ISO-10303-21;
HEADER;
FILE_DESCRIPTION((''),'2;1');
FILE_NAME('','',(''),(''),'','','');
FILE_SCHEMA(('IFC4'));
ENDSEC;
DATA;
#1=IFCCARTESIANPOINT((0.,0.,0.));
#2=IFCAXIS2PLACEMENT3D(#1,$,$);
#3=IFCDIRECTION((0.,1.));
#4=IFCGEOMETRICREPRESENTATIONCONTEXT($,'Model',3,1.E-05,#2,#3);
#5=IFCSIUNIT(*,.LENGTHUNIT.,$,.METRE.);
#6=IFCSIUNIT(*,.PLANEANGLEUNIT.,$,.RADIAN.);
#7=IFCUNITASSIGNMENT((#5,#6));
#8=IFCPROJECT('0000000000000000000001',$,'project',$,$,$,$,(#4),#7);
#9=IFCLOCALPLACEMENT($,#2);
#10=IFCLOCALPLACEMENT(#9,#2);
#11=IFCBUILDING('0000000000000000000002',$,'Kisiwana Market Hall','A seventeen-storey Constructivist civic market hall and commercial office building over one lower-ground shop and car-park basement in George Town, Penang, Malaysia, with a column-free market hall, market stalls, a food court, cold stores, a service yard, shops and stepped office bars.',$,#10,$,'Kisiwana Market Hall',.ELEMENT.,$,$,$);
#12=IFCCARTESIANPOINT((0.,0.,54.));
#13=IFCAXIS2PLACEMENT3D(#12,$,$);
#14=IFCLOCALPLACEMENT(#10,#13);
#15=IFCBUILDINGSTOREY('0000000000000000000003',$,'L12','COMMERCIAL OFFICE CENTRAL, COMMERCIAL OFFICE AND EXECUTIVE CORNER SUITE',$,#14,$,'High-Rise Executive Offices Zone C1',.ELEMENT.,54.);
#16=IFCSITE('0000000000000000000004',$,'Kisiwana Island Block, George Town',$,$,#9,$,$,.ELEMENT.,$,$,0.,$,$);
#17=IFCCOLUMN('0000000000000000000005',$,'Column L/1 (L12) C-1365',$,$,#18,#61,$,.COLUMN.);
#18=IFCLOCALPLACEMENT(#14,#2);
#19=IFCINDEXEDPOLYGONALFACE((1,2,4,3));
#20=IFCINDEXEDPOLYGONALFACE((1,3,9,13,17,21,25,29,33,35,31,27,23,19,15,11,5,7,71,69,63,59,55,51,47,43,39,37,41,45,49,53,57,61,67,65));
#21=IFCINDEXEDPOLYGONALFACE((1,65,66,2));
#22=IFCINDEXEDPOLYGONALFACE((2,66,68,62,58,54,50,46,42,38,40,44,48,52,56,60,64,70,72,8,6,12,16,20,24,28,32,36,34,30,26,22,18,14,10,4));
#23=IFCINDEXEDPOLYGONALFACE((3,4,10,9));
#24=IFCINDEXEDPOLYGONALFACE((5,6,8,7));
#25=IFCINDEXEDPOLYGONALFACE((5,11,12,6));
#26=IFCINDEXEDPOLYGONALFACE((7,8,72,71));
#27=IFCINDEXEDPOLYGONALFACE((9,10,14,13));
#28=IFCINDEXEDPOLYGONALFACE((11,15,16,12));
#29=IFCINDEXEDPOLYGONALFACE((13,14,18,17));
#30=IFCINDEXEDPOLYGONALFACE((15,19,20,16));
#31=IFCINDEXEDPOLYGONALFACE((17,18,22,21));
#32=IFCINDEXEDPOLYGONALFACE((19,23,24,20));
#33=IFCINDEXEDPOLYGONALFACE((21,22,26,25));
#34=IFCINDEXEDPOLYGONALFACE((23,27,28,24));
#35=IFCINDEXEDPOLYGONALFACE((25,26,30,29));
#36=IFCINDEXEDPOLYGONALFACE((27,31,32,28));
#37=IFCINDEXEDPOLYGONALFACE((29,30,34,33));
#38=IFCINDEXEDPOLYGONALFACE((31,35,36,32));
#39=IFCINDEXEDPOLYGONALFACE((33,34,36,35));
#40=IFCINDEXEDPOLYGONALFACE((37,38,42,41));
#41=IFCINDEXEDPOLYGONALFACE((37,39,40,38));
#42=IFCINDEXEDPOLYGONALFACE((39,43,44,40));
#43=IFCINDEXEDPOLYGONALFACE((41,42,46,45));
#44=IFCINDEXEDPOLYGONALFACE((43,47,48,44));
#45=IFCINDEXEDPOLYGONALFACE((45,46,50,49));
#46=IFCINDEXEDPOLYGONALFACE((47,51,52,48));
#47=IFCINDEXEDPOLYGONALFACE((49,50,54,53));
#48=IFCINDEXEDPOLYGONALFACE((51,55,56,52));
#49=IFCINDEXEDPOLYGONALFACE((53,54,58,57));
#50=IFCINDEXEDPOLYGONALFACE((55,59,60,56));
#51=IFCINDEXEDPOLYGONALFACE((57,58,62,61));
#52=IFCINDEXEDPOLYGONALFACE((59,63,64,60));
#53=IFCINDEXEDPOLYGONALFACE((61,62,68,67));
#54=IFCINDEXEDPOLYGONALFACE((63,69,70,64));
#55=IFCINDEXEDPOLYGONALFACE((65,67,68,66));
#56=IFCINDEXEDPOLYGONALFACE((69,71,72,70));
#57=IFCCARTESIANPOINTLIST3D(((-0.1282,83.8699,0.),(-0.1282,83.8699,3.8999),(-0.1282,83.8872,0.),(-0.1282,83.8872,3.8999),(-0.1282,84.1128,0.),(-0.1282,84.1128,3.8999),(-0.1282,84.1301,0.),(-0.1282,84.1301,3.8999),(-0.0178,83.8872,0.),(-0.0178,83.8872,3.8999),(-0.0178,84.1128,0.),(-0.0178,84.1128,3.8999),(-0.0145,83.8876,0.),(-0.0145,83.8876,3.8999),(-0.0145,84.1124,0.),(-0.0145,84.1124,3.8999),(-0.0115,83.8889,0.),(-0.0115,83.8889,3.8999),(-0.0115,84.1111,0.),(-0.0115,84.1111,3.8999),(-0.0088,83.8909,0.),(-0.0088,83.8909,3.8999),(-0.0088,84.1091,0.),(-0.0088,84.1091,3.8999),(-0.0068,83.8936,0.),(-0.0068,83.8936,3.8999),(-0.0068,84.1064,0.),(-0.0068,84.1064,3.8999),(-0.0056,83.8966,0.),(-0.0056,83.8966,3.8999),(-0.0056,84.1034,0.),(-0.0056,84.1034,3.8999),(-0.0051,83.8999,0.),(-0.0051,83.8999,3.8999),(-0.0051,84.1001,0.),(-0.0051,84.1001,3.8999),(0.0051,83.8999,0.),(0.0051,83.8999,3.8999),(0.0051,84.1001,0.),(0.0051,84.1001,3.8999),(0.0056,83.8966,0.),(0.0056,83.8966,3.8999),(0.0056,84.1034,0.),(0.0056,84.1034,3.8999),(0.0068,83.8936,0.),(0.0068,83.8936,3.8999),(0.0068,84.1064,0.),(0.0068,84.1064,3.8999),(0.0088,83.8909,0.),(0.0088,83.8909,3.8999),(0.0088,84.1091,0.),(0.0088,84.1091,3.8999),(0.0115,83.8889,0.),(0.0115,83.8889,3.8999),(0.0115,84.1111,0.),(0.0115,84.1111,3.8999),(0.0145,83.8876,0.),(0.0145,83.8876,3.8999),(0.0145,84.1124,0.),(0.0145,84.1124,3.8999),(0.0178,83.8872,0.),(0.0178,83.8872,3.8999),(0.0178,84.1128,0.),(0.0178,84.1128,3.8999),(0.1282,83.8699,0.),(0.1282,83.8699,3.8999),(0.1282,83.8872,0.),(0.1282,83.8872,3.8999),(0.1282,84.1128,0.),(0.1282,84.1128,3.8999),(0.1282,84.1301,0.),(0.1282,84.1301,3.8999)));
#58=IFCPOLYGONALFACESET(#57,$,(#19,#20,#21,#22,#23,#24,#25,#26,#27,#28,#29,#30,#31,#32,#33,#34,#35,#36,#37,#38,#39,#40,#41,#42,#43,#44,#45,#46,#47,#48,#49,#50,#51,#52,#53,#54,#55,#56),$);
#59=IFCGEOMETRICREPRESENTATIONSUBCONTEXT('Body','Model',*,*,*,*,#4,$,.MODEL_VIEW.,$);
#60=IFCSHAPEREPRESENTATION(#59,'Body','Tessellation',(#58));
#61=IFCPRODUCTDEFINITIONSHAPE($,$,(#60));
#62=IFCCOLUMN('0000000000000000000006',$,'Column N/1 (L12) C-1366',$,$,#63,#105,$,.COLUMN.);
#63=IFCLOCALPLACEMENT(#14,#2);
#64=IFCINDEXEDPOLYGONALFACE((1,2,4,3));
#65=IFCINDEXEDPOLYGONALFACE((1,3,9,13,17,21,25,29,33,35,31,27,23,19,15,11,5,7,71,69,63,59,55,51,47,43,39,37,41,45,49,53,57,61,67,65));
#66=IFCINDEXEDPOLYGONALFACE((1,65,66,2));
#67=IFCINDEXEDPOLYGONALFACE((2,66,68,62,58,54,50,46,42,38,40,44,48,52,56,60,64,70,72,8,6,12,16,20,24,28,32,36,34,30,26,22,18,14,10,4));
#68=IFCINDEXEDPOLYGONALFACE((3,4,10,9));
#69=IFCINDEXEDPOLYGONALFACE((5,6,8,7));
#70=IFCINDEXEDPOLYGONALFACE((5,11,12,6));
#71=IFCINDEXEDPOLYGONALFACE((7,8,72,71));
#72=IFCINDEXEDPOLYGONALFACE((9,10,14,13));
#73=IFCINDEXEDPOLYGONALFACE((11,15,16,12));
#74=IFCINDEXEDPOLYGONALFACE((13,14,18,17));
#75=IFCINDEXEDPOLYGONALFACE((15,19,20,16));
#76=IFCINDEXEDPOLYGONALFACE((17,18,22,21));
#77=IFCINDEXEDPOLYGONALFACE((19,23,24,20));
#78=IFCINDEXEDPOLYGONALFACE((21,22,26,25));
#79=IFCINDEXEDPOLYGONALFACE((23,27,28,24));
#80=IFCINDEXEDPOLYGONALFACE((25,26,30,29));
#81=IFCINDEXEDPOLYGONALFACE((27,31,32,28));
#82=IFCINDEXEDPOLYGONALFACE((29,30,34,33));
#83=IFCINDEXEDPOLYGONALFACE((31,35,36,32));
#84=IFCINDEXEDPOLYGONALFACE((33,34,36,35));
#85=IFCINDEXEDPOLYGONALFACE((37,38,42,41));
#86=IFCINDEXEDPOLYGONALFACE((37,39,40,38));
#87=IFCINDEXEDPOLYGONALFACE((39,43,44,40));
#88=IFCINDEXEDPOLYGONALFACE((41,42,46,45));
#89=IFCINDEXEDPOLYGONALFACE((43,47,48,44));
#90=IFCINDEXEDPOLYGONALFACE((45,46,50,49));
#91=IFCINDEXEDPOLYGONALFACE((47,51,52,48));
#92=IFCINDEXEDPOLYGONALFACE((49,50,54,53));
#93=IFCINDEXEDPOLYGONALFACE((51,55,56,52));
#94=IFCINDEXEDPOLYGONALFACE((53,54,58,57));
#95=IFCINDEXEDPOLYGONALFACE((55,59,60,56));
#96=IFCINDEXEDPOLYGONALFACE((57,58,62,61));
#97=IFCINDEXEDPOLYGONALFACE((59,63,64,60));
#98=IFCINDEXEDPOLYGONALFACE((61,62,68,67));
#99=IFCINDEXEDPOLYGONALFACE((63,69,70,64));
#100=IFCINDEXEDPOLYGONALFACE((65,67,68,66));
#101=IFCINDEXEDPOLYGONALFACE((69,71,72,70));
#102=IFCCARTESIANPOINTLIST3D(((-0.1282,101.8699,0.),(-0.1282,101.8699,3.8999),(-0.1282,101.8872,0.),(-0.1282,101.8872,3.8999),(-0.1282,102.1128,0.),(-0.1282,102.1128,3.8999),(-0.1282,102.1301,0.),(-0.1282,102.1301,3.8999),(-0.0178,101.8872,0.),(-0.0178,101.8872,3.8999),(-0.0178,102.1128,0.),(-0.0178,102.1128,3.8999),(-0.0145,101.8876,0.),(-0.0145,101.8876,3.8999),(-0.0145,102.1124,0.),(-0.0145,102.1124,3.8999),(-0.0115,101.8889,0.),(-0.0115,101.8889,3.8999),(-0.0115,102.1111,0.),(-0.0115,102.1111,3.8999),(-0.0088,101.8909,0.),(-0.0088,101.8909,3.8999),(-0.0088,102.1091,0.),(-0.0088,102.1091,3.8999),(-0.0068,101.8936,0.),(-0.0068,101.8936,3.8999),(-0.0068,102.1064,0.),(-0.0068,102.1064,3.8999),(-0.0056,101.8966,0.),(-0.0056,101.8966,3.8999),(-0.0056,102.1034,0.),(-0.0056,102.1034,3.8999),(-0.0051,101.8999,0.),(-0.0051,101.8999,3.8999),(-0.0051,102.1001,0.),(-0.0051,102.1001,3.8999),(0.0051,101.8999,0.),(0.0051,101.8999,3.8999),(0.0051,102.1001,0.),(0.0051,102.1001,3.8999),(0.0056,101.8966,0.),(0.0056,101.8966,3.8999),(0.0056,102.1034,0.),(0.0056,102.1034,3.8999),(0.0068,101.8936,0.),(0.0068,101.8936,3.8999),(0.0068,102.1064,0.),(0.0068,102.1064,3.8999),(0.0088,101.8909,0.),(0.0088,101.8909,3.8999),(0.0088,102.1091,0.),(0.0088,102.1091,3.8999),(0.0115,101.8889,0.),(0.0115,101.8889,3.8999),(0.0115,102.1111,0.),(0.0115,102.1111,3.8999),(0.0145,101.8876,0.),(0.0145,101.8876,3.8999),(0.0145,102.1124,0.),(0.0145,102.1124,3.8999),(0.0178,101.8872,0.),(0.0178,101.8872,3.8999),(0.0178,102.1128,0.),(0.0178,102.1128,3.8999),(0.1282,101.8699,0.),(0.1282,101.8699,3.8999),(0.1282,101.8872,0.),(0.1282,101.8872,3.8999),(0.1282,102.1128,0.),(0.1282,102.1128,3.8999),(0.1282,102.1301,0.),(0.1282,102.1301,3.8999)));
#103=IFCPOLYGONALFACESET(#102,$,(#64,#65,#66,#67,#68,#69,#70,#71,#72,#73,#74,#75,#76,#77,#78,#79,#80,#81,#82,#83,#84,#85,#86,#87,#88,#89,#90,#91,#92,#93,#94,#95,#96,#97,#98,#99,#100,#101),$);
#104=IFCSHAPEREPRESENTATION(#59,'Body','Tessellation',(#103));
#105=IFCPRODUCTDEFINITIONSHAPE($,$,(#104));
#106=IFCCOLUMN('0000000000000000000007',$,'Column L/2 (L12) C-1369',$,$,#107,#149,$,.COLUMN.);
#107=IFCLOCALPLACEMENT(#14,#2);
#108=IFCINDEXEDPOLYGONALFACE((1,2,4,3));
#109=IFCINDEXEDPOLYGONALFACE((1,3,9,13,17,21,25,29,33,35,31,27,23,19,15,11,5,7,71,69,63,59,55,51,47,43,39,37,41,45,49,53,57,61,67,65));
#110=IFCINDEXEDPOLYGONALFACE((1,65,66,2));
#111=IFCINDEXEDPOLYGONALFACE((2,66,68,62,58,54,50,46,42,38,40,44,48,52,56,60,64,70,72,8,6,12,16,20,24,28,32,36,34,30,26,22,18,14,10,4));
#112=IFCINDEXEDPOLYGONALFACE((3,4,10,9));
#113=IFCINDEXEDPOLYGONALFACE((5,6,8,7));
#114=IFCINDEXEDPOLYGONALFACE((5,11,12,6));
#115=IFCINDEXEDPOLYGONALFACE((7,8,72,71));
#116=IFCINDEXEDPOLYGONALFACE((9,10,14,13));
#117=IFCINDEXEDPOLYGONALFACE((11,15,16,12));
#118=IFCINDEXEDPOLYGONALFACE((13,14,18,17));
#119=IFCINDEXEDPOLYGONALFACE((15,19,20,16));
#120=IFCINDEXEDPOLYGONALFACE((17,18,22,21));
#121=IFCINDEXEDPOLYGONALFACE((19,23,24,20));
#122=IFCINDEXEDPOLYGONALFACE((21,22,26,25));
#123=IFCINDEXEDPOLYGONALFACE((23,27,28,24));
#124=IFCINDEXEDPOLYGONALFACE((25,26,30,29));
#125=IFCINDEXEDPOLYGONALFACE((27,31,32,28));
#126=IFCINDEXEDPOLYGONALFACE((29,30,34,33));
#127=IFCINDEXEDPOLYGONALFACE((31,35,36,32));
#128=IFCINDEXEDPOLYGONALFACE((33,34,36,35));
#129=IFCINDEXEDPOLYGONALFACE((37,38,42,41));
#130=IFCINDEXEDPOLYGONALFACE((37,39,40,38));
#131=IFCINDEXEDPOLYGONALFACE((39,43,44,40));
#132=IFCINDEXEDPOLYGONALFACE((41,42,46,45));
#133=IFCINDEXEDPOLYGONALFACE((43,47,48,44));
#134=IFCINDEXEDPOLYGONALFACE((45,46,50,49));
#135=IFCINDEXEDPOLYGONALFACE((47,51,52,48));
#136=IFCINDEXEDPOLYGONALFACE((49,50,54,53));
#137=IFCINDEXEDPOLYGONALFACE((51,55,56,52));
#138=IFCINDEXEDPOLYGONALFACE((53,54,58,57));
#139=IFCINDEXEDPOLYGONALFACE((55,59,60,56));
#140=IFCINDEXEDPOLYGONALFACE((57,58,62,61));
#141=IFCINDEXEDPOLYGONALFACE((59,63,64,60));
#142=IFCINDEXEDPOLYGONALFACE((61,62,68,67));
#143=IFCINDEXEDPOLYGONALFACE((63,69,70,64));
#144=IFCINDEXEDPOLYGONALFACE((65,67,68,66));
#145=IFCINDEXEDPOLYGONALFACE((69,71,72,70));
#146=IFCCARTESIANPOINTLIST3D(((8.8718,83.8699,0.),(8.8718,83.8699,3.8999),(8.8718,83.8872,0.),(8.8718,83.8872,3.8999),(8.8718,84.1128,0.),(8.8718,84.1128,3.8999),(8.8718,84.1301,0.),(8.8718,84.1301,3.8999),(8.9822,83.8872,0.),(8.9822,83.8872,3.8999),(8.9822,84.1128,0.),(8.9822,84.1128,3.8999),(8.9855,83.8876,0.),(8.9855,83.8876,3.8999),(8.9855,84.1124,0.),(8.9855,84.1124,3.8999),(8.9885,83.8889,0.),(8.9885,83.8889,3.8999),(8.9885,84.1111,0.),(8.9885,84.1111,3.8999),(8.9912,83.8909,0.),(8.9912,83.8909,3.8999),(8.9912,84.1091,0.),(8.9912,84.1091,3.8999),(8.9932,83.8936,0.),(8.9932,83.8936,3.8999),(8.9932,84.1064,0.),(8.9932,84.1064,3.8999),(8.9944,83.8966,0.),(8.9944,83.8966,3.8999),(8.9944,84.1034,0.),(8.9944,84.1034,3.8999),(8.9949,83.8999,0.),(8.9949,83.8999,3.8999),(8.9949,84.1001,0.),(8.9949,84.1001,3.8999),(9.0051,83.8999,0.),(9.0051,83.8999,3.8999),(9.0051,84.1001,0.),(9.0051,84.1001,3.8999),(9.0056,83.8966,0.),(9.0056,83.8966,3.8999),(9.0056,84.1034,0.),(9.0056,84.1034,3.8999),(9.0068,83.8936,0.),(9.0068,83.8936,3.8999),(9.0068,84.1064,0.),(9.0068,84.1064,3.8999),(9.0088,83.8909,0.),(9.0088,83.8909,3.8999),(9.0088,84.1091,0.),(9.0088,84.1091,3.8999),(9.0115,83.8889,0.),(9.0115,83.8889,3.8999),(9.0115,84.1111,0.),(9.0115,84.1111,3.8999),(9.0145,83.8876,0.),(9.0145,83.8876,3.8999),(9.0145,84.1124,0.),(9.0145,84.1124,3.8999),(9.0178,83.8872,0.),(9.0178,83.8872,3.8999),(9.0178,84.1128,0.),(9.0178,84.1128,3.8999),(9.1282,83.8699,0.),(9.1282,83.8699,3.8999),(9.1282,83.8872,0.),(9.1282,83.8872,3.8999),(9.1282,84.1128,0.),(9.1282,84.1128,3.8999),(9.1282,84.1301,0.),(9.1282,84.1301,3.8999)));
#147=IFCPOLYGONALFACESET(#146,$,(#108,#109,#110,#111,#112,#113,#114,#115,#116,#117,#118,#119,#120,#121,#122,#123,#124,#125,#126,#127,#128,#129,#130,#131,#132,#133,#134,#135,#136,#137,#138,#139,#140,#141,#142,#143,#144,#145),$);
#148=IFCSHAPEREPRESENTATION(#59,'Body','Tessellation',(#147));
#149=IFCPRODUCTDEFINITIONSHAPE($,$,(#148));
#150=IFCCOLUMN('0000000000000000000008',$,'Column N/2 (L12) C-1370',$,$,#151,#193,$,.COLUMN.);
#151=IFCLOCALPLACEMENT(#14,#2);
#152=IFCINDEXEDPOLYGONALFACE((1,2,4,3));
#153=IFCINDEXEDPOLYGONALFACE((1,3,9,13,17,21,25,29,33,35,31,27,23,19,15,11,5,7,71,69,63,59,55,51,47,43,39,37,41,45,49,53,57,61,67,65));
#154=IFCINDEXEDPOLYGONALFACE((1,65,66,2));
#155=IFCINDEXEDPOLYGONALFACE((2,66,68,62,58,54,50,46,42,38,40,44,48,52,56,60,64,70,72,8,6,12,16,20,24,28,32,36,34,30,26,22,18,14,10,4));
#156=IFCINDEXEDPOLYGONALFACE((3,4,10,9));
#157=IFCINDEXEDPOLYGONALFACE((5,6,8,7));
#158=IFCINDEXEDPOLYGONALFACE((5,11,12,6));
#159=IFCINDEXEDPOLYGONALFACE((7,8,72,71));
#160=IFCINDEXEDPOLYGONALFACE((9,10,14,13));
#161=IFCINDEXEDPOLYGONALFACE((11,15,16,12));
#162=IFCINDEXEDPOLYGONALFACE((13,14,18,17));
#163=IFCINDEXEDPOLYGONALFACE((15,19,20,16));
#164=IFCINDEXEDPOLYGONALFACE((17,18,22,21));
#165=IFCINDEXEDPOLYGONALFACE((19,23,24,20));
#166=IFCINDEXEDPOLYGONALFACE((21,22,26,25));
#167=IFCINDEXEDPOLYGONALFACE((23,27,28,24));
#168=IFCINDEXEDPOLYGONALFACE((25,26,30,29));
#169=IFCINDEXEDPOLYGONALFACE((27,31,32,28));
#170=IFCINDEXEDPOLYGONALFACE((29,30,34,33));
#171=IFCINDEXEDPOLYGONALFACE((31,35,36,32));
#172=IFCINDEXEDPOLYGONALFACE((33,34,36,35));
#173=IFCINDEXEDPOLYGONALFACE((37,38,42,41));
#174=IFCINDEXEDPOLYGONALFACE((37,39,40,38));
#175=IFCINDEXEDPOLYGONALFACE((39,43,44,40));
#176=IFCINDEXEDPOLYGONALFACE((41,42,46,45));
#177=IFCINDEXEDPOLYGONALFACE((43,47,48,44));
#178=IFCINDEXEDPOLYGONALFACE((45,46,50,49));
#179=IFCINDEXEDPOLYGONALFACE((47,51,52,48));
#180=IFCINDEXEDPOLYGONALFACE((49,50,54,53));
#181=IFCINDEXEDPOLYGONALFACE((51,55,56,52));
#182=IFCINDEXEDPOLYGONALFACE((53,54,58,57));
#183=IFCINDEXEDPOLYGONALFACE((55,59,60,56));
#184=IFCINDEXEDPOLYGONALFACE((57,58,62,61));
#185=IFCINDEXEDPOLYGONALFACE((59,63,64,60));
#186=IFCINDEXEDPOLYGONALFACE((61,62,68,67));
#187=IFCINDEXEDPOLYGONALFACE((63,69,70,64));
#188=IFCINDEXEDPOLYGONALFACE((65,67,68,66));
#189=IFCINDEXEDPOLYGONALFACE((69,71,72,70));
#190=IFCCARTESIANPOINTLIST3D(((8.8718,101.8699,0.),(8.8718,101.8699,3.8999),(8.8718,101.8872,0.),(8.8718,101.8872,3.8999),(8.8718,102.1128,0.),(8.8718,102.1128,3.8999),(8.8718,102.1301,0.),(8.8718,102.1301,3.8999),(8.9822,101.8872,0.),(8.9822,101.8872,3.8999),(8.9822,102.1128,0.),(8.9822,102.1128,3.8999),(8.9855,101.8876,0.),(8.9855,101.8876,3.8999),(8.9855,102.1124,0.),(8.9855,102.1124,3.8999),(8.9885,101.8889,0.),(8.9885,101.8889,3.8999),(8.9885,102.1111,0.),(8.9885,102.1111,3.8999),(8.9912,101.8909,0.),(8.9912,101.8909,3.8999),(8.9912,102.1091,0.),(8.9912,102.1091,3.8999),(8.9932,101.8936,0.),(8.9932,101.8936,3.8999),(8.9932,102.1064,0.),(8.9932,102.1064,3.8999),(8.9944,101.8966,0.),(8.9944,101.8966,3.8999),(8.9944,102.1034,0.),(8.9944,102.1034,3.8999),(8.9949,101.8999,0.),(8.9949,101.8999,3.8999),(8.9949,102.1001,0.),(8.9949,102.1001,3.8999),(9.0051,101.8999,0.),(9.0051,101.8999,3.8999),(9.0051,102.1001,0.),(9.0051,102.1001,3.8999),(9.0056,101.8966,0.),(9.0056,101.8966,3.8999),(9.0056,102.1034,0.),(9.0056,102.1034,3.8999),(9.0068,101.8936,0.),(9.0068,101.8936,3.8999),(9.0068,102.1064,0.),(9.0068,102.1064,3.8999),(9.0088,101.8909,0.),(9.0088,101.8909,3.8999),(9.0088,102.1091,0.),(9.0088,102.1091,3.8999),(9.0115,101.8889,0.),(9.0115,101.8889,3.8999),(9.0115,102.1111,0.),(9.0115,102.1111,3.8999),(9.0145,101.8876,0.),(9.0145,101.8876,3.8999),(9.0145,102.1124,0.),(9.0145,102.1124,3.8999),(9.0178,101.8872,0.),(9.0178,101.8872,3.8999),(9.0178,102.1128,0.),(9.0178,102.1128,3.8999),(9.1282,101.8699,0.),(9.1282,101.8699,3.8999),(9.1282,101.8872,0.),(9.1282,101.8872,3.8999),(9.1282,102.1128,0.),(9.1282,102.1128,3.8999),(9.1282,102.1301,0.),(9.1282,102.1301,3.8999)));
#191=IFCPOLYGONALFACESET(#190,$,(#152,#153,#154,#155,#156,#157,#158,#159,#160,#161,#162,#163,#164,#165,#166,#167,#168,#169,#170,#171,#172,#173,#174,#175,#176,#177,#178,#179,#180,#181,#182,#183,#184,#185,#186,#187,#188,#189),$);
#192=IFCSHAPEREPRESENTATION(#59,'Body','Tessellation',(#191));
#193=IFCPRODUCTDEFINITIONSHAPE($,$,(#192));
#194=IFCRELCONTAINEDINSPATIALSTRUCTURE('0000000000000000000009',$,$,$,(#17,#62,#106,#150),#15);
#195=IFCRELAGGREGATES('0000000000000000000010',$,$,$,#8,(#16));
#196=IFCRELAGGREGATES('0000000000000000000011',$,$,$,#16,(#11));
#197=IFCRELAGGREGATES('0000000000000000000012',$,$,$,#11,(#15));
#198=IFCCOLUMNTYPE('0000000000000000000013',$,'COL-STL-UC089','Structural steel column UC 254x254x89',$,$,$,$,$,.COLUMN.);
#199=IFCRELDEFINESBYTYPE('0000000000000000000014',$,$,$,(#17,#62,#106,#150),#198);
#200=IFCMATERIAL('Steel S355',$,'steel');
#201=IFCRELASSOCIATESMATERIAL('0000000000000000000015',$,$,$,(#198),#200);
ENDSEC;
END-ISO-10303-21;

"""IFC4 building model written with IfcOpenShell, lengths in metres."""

from ifc_helpers import new_model, si_unit, direction, frame, origin, origin_2d, place, context, subcontext, project, spatial, i_section, extrude, material, material_profile, profile_set, type_object, element, save


model = new_model("IFC4")

# Units and contexts
model_context = context("Model", 3, precision=1e-05, world=origin(), true_north=direction((0.0, 1.0)))
body_context = subcontext(model_context, "Body", "Model", "MODEL_VIEW")
ifc_project = project(units=[si_unit("LENGTHUNIT", "METRE"), si_unit("PLANEANGLEUNIT", "RADIAN")], contexts=[model_context])

# Site, building, storey
site_placement = place(None, origin())
site = spatial("IfcSite", under=ifc_project, at=site_placement, Name="Kisiwana Island Block, George Town", CompositionType="ELEMENT", RefElevation=0.0)
building_placement = place(site_placement, origin())
building = spatial("IfcBuilding", under=site, at=building_placement, Name="Kisiwana Market Hall", Description="A seventeen-storey Constructivist civic market hall and commercial office building over one lower-ground shop and car-park basement in George Town, Penang, Malaysia, with a column-free market hall, market stalls, a food court, cold stores, a service yard, shops and stepped office bars.", LongName="Kisiwana Market Hall", CompositionType="ELEMENT")
storey_placement = place(building_placement, frame((0.0, 0.0, 54.0)))
storey = spatial("IfcBuildingStorey", under=building, at=storey_placement, Name="L12", Description="COMMERCIAL OFFICE CENTRAL, COMMERCIAL OFFICE AND EXECUTIVE CORNER SUITE", LongName="High-Rise Executive Offices Zone C1", CompositionType="ELEMENT", Elevation=54.0)

# Columns
ifc_material_1 = material(Name="Steel S355", Category="steel")
ifc_material_profile_1 = material_profile(ifc_material_1, i_section(OverallWidth=0.2563, OverallDepth=0.2603, WebThickness=0.0103, FlangeThickness=0.0173, FilletRadius=0.0127, at=origin_2d()), Name="UC 254x254x89")
ifc_profile_set_1 = profile_set([ifc_material_profile_1], Name="Steel S355")
column_type = type_object("IfcColumnType", Name="COL-STL-UC089", Description="Structural steel column UC 254x254x89", PredefinedType="COLUMN", material=ifc_profile_set_1)
for number, where, z_axis, x_axis, name in (
    (1, (0.0, 84.0, 0.0), (0.0, 0.0, 1.0), (1.0, 0.0, 0.0), "Column L/1 (L12) C-1365"),
    (2, (0.0, 102.0, 0.0), (0.0, 0.0, 1.0), (1.0, 0.0, 0.0), "Column N/1 (L12) C-1366"),
    (3, (9.0, 84.0, 0.0), (0.0, 0.0, 1.0), (1.0, 0.0, 0.0), "Column L/2 (L12) C-1369"),
    (4, (9.0, 102.0, 0.0), (0.0, 0.0, 1.0), (1.0, 0.0, 0.0), "Column N/2 (L12) C-1370"),
):
    element("IfcColumn", number, at=place(storey_placement, frame(where, z_axis=z_axis, x_axis=x_axis)), inside=storey, type_object=column_type, Name=name, PredefinedType="COLUMN", context=body_context, shape_type="SweptSolid", body=[
        extrude(i_section(OverallWidth=0.2563, OverallDepth=0.2603, WebThickness=0.0103, FlangeThickness=0.0173, FilletRadius=0.0127, at=origin_2d()), origin(), (0.0, 0.0, 1.0), 3.8999),
    ])

save(model, "model.ifc")
